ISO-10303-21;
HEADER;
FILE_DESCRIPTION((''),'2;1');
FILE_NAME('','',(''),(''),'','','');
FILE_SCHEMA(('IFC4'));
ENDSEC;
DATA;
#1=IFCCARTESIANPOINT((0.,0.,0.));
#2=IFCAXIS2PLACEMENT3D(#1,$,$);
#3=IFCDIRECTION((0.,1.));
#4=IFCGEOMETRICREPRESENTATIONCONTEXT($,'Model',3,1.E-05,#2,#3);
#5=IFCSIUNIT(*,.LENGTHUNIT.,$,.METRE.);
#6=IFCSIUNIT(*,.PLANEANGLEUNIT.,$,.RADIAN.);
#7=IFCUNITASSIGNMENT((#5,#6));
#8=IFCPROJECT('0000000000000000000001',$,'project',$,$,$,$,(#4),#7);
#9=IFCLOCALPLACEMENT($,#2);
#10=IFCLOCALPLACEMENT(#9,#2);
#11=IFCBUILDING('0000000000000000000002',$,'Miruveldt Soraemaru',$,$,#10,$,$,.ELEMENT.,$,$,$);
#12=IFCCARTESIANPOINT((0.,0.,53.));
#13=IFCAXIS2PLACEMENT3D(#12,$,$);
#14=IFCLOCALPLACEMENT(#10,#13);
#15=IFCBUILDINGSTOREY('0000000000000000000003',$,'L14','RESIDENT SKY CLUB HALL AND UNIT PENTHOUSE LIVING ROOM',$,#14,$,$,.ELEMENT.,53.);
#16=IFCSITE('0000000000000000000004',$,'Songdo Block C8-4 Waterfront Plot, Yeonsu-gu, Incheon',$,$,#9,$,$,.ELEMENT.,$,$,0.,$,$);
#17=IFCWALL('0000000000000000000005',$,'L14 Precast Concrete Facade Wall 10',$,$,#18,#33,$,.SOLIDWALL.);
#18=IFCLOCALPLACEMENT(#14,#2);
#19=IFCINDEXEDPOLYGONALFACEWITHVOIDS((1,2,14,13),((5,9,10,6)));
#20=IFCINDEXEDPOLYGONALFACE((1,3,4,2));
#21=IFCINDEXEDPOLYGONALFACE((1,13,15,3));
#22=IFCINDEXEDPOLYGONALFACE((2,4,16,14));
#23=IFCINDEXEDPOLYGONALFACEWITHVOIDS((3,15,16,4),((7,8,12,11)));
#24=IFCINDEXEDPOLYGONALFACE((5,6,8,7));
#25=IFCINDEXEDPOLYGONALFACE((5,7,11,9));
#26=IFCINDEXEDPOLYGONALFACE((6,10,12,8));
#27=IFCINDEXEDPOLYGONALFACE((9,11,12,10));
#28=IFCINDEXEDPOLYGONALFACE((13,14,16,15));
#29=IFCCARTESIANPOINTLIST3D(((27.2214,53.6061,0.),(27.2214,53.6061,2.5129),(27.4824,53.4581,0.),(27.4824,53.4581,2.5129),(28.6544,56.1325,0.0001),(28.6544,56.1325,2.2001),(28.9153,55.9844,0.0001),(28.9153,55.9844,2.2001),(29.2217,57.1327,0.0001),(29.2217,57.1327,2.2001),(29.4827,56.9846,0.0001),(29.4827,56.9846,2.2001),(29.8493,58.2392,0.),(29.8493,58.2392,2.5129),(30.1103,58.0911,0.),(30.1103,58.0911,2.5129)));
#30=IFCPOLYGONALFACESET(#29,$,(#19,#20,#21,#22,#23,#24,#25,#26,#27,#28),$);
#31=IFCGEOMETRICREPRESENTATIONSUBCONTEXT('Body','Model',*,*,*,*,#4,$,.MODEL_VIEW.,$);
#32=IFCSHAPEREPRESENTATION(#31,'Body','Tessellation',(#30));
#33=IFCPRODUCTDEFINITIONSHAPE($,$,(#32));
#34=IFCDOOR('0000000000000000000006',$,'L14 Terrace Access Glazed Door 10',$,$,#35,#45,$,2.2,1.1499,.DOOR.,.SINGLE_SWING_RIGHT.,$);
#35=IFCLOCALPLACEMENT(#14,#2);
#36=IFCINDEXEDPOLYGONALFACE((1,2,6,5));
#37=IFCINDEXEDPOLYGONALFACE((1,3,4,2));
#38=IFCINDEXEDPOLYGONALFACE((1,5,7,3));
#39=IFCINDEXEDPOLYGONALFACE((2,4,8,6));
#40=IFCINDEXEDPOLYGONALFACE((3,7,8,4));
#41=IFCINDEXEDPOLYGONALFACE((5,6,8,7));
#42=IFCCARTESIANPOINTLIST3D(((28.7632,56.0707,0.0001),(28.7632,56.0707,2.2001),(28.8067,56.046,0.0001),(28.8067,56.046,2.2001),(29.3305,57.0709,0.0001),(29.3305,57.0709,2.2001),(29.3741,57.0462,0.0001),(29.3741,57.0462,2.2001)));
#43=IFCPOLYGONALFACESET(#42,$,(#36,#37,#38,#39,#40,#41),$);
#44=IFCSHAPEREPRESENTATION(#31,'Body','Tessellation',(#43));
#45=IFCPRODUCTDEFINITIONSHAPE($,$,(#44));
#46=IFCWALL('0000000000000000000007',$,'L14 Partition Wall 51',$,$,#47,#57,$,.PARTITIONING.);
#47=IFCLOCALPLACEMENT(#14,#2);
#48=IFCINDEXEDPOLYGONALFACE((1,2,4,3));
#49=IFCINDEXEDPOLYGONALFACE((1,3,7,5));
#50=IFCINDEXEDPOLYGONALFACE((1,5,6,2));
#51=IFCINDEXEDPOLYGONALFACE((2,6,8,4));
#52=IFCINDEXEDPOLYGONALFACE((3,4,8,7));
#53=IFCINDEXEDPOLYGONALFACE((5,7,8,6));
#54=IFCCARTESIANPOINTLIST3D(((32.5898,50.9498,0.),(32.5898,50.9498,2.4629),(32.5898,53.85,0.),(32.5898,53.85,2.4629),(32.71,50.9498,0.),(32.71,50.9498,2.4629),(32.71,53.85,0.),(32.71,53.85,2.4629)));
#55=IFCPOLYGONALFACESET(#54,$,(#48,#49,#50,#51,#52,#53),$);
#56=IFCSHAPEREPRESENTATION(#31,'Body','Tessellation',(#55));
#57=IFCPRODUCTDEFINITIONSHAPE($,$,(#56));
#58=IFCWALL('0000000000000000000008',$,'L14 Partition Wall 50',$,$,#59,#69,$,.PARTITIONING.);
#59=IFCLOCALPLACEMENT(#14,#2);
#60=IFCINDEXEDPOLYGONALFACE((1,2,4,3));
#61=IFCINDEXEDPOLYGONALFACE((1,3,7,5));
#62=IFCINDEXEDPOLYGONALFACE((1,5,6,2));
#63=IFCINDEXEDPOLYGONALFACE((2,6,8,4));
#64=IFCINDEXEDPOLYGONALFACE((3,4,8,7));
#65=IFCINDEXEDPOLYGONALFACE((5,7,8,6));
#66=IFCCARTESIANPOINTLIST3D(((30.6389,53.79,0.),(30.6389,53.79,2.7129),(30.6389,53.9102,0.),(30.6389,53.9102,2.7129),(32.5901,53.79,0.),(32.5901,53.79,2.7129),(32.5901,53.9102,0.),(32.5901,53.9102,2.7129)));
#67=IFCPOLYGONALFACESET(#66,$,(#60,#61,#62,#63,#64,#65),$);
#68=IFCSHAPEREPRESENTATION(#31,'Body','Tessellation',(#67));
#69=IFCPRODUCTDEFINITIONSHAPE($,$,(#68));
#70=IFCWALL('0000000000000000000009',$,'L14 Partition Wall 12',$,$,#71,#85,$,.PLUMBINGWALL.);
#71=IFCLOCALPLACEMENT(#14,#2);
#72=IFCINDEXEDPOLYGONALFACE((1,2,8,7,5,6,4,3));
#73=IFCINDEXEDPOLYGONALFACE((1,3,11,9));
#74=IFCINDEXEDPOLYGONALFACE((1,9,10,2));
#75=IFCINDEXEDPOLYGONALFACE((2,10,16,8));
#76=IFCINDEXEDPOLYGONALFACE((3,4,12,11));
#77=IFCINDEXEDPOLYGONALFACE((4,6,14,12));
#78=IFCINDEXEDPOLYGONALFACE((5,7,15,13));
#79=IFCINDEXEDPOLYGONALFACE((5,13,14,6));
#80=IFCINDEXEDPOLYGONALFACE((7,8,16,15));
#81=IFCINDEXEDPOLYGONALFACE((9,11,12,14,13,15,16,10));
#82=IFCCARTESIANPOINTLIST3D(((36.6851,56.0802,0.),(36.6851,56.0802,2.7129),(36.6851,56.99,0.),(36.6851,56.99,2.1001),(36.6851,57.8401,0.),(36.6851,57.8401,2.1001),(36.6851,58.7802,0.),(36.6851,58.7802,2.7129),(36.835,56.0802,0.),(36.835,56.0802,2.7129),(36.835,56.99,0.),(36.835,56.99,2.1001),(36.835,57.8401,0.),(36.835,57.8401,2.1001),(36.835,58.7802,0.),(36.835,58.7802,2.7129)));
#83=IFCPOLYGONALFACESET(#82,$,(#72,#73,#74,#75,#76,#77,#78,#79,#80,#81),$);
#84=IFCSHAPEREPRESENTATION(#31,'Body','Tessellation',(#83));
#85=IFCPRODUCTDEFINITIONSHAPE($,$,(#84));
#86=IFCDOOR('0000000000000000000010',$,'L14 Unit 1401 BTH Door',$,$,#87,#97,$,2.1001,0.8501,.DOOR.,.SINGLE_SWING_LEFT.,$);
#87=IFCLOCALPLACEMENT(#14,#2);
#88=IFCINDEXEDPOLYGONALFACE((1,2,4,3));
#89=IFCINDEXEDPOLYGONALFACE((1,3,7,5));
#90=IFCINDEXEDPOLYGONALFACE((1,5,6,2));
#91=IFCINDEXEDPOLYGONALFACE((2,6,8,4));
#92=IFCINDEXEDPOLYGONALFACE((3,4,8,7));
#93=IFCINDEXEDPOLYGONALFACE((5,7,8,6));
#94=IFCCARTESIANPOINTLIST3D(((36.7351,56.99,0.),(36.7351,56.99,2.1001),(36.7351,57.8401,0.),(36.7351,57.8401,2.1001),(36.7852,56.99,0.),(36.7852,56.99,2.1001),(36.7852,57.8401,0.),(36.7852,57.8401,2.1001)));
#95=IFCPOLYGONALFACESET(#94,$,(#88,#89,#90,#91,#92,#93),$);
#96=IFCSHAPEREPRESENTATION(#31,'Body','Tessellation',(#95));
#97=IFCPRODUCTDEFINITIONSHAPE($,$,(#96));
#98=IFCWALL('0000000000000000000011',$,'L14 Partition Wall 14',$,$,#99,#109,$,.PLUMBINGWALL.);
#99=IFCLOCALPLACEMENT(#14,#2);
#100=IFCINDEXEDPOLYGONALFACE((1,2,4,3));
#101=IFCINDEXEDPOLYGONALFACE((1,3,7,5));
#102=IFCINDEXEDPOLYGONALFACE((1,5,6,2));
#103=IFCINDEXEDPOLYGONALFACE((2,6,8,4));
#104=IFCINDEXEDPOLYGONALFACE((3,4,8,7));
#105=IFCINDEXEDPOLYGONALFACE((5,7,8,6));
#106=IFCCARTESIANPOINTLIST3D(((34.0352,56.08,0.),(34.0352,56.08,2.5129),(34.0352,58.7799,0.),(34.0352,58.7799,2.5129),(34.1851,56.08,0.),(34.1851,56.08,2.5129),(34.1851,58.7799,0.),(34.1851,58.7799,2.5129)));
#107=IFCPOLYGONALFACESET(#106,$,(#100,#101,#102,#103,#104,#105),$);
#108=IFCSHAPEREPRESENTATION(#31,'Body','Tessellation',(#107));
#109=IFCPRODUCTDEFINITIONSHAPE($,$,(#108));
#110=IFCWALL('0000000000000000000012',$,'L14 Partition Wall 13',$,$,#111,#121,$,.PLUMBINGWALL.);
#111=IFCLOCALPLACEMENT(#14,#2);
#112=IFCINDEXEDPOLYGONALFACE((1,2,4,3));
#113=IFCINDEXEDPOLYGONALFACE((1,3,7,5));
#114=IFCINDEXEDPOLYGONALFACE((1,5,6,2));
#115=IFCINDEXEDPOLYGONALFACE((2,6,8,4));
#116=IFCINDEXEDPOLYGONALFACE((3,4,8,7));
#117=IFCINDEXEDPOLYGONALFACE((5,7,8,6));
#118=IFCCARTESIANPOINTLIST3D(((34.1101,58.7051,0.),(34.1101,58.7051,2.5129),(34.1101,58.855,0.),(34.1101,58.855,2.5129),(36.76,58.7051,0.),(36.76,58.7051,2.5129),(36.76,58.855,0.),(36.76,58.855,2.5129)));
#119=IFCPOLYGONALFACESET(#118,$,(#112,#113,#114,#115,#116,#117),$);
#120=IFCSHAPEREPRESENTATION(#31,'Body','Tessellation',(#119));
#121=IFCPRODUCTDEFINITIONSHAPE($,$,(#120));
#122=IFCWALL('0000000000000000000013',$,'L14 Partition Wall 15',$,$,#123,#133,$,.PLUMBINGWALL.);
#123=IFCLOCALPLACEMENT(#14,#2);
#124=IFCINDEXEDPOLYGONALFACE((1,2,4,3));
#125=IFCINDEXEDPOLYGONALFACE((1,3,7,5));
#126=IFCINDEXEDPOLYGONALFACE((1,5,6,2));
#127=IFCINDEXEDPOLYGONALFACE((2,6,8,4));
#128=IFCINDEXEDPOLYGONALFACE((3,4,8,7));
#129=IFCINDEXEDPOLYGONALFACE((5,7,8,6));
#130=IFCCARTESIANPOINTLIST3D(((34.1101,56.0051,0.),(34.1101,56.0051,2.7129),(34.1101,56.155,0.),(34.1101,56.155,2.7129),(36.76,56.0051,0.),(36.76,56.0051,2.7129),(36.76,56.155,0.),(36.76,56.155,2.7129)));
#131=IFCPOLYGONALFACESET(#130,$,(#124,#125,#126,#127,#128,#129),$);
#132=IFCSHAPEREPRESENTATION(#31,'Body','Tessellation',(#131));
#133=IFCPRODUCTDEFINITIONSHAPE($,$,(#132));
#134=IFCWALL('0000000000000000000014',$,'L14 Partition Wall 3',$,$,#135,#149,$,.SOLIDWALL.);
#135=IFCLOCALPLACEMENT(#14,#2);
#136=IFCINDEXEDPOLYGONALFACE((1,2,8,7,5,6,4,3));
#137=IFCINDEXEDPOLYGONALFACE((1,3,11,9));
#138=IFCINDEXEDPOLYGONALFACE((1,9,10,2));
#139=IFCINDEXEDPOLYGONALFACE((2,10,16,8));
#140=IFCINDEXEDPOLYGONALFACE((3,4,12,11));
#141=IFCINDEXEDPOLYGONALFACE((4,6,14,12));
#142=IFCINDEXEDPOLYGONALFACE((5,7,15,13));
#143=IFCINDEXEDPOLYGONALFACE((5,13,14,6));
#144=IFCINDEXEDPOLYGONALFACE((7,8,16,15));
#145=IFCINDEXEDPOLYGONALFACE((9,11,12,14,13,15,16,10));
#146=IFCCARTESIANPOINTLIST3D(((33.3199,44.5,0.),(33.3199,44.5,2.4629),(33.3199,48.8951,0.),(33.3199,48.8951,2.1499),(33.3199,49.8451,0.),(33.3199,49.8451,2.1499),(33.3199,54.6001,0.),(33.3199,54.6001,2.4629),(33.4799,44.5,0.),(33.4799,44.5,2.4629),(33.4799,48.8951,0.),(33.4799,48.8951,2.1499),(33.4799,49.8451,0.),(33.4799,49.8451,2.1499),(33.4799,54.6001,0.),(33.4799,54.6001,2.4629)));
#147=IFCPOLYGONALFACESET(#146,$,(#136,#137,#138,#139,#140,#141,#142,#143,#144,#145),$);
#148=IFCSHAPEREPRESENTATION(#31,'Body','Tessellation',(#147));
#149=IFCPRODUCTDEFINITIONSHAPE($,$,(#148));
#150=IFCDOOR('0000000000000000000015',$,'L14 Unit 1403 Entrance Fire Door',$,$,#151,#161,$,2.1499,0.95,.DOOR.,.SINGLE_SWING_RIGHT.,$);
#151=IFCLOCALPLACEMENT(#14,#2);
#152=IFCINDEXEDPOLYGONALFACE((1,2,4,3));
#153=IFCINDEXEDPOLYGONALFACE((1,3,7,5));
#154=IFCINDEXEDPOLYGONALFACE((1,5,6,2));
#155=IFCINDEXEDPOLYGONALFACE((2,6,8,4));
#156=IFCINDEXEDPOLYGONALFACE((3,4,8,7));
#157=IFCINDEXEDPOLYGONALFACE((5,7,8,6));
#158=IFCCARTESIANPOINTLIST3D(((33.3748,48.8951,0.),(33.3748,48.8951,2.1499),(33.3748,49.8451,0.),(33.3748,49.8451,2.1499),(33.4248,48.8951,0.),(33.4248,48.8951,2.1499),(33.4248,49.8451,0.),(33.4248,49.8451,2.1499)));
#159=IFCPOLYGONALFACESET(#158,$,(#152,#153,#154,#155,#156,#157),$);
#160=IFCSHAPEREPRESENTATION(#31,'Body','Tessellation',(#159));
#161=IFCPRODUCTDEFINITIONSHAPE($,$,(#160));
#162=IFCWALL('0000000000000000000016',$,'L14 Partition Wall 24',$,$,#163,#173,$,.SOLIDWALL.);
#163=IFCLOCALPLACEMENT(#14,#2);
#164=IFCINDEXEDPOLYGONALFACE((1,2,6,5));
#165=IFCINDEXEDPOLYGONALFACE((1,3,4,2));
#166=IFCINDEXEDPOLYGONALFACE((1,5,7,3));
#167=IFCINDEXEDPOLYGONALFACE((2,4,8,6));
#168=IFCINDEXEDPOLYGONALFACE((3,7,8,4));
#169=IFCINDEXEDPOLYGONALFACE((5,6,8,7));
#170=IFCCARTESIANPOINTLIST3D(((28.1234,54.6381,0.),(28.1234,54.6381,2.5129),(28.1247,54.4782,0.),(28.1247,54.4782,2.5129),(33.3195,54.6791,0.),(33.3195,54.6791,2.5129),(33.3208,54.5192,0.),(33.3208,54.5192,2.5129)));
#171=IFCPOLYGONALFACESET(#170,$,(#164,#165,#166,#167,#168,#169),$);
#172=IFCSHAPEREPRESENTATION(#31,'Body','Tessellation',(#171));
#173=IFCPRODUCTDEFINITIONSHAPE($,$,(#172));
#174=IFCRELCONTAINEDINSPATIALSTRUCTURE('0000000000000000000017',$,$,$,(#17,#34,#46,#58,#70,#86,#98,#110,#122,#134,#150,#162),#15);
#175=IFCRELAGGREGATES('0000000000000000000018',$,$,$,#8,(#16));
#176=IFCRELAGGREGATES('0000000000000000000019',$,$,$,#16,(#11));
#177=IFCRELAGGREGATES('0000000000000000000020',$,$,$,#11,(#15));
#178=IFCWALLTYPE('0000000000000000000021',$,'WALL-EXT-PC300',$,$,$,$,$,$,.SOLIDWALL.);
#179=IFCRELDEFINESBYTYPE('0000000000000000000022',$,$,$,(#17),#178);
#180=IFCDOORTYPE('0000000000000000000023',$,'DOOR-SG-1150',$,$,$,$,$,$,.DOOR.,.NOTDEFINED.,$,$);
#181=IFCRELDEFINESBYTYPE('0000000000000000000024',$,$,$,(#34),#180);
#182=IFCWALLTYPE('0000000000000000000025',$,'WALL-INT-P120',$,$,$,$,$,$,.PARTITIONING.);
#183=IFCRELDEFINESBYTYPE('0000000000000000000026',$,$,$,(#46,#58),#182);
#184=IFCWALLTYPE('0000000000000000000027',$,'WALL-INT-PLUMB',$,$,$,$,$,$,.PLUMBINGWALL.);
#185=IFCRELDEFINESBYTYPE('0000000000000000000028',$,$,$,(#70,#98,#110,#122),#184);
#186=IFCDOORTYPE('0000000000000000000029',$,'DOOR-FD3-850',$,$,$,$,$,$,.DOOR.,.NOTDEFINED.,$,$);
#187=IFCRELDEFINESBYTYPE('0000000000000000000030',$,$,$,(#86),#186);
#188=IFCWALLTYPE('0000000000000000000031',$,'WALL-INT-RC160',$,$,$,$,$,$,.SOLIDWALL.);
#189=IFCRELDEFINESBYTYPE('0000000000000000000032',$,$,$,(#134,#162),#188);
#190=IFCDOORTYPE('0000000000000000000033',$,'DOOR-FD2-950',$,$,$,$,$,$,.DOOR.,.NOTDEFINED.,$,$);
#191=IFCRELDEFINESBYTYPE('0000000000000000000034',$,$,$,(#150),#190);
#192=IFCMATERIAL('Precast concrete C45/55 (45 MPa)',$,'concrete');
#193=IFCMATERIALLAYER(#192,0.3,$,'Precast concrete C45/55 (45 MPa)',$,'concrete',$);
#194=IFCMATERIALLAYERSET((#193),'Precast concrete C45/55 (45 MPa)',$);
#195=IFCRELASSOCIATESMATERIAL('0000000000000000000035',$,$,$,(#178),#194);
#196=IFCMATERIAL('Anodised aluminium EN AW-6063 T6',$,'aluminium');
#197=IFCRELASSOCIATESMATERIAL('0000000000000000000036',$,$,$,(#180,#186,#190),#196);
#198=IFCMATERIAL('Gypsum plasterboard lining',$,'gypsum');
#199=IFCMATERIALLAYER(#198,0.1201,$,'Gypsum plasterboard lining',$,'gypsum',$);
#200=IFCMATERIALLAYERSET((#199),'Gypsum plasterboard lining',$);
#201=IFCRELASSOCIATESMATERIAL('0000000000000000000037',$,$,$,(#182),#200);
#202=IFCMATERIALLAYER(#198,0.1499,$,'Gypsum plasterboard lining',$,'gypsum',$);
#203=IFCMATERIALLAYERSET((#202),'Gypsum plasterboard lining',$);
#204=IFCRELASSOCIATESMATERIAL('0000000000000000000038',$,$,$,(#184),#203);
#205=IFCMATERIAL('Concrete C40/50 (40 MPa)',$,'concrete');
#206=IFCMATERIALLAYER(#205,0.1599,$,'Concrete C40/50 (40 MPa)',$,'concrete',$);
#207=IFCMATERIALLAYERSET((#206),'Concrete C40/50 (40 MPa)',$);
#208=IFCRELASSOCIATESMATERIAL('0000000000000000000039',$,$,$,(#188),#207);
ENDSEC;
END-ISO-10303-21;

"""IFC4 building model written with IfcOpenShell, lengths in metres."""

from ifc_helpers import new_model, si_unit, direction, frame, frame_2d, origin, place, context, subcontext, project, spatial, rectangle, extrude, material, layer, layer_set, type_object, element, fill, save


model = new_model("IFC4")

# Units and contexts
model_context = context("Model", 3, precision=1e-05, world=origin(), true_north=direction((0.0, 1.0)))
body_context = subcontext(model_context, "Body", "Model", "MODEL_VIEW")
ifc_project = project(units=[si_unit("LENGTHUNIT", "METRE"), si_unit("PLANEANGLEUNIT", "RADIAN")], contexts=[model_context])

# Site, building, storey
site_placement = place(None, origin())
site = spatial("IfcSite", under=ifc_project, at=site_placement, Name="Songdo Block C8-4 Waterfront Plot, Yeonsu-gu, Incheon", CompositionType="ELEMENT", RefElevation=0.0)
building_placement = place(site_placement, origin())
building = spatial("IfcBuilding", under=site, at=building_placement, Name="Miruveldt Soraemaru", CompositionType="ELEMENT")
storey_placement = place(building_placement, frame((0.0, 0.0, 53.0)))
storey = spatial("IfcBuildingStorey", under=building, at=storey_placement, Name="L14", Description="RESIDENT SKY CLUB HALL AND UNIT PENTHOUSE LIVING ROOM", CompositionType="ELEMENT", Elevation=53.0)

# Shared definitions
ifc_material_1 = material(Name="Anodised aluminium EN AW-6063 T6", Category="aluminium")

# Shared definitions
ifc_material_2 = material(Name="Precast concrete C45/55 (45 MPa)", Category="concrete")
ifc_layer_1 = layer(ifc_material_2, 0.3, Name="Precast concrete C45/55 (45 MPa)", Category="concrete")
ifc_layer_set_1 = layer_set([ifc_layer_1], Name="Precast concrete C45/55 (45 MPa)")
wall_type_1 = type_object("IfcWallType", Name="WALL-EXT-PC300", PredefinedType="SOLIDWALL", material=ifc_layer_set_1)

# Wall, opening, door
wall_1_placement = place(storey_placement, frame((29.9797, 58.165, 0.0), z_axis=(0.0, 0.0, 1.0), x_axis=(-0.493372, -0.869818, 0.0)))
wall_1 = element("IfcWall", 1, at=wall_1_placement, inside=storey, type_object=wall_type_1, Name="L14 Precast Concrete Facade Wall 10", PredefinedType="SOLIDWALL", context=body_context, shape_type="SweptSolid", body=[
    extrude(rectangle(XDim=5.3264, YDim=0.3, at=frame_2d((2.6631, 0.0))), origin(), (0.0, 0.0, 1.0), 2.5129),
])
opening_1_placement = place(wall_1_placement, frame((1.272, 0.0, 0.0)))
opening_1 = element("IfcOpeningElement", 2, at=opening_1_placement, cuts=wall_1, PredefinedType="OPENING", context=body_context, shape_type="SweptSolid", body=[
    extrude(rectangle(XDim=1.1499, YDim=2.2, at=frame_2d((0.575, 1.1001))), frame((0.0, 0.1602, 0.0), z_axis=(0.0, -1.0, 0.0), x_axis=(1.0, 0.0, 0.0)), (0.0, 0.0, 1.0), 0.3201),
])
door_type_1 = type_object("IfcDoorType", Name="DOOR-SG-1150", OperationType="NOTDEFINED", PredefinedType="DOOR", material=ifc_material_1)
door_1_placement = place(opening_1_placement, frame((1.1499, 0.0, 0.0), z_axis=(0.0, 0.0, 1.0), x_axis=(-1.0, 0.0, 0.0)))
door_1 = element("IfcDoor", 3, at=door_1_placement, inside=storey, type_object=door_type_1, Name="L14 Terrace Access Glazed Door 10", OperationType="SINGLE_SWING_RIGHT", OverallHeight=2.2, OverallWidth=1.1499, PredefinedType="DOOR", context=body_context, shape_type="SweptSolid", body=[
    extrude(rectangle(XDim=1.1499, YDim=2.2, at=frame_2d((0.575, 1.1001))), frame((0.0, 0.0249, 0.0), z_axis=(0.0, -1.0, 0.0), x_axis=(1.0, 0.0, 0.0)), (0.0, 0.0, 1.0), 0.05),
])
fill(opening_1, door_1)

# Walls
ifc_material_3 = material(Name="Gypsum plasterboard lining", Category="gypsum")
ifc_layer_2 = layer(ifc_material_3, 0.1201, Name="Gypsum plasterboard lining", Category="gypsum")
ifc_layer_set_2 = layer_set([ifc_layer_2], Name="Gypsum plasterboard lining")
wall_type_2 = type_object("IfcWallType", Name="WALL-INT-P120", PredefinedType="PARTITIONING", material=ifc_layer_set_2)
wall_2_placement = place(storey_placement, frame((32.6499, 53.8501, 0.0), z_axis=(0.0, 0.0, 1.0), x_axis=(0.0, -1.0, 0.0)))
element("IfcWall", 4, at=wall_2_placement, inside=storey, type_object=wall_type_2, Name="L14 Partition Wall 51", PredefinedType="PARTITIONING", context=body_context, shape_type="SweptSolid", body=[
    extrude(rectangle(XDim=2.9001, YDim=0.1201, at=frame_2d((1.4502, 0.0))), origin(), (0.0, 0.0, 1.0), 2.4629),
])
wall_3_placement = place(storey_placement, frame((30.6389, 53.8501, 0.0), z_axis=(0.0, 0.0, 1.0), x_axis=(1.0, 0.0, 0.0)))
element("IfcWall", 5, at=wall_3_placement, inside=storey, type_object=wall_type_2, Name="L14 Partition Wall 50", PredefinedType="PARTITIONING", context=body_context, shape_type="SweptSolid", body=[
    extrude(rectangle(XDim=1.9512, YDim=0.1201, at=frame_2d((0.9756, 0.0))), origin(), (0.0, 0.0, 1.0), 2.7129),
])

# Wall, opening, door
ifc_layer_3 = layer(ifc_material_3, 0.1499, Name="Gypsum plasterboard lining", Category="gypsum")
ifc_layer_set_3 = layer_set([ifc_layer_3], Name="Gypsum plasterboard lining")
wall_type_3 = type_object("IfcWallType", Name="WALL-INT-PLUMB", PredefinedType="PLUMBINGWALL", material=ifc_layer_set_3)
wall_4_placement = place(storey_placement, frame((36.76, 56.0801, 0.0), z_axis=(0.0, 0.0, 1.0), x_axis=(0.0, 1.0, 0.0)))
wall_4 = element("IfcWall", 6, at=wall_4_placement, inside=storey, type_object=wall_type_3, Name="L14 Partition Wall 12", PredefinedType="PLUMBINGWALL", context=body_context, shape_type="SweptSolid", body=[
    extrude(rectangle(XDim=2.7, YDim=0.1499, at=frame_2d((1.3501, 0.0))), origin(), (0.0, 0.0, 1.0), 2.7129),
])
opening_2_placement = place(wall_4_placement, frame((0.9099, 0.0, 0.0)))
opening_2 = element("IfcOpeningElement", 7, at=opening_2_placement, cuts=wall_4, PredefinedType="OPENING", context=body_context, shape_type="SweptSolid", body=[
    extrude(rectangle(XDim=0.8501, YDim=2.1001, at=frame_2d((0.425, 1.05))), frame((0.0, 0.085, 0.0), z_axis=(0.0, -1.0, 0.0), x_axis=(1.0, 0.0, 0.0)), (0.0, 0.0, 1.0), 0.1699),
])
door_type_2 = type_object("IfcDoorType", Name="DOOR-FD3-850", OperationType="NOTDEFINED", PredefinedType="DOOR", material=ifc_material_1)
door_2_placement = place(opening_2_placement, origin())
door_2 = element("IfcDoor", 8, at=door_2_placement, inside=storey, type_object=door_type_2, Name="L14 Unit 1401 BTH Door", OperationType="SINGLE_SWING_LEFT", OverallHeight=2.1001, OverallWidth=0.8501, PredefinedType="DOOR", context=body_context, shape_type="SweptSolid", body=[
    extrude(rectangle(XDim=0.8501, YDim=2.1001, at=frame_2d((0.425, 1.05))), frame((0.0, 0.0249, 0.0), z_axis=(0.0, -1.0, 0.0), x_axis=(1.0, 0.0, 0.0)), (0.0, 0.0, 1.0), 0.05),
])
fill(opening_2, door_2)

# Walls
wall_5_placement = place(storey_placement, frame((34.1101, 58.78, 0.0), z_axis=(0.0, 0.0, 1.0), x_axis=(0.0, -1.0, 0.0)))
element("IfcWall", 9, at=wall_5_placement, inside=storey, type_object=wall_type_3, Name="L14 Partition Wall 14", PredefinedType="PLUMBINGWALL", context=body_context, shape_type="SweptSolid", body=[
    extrude(rectangle(XDim=2.7, YDim=0.1499, at=frame_2d((1.3501, 0.0))), origin(), (0.0, 0.0, 1.0), 2.5129),
])
wall_6_placement = place(storey_placement, frame((36.76, 58.78, 0.0), z_axis=(0.0, 0.0, 1.0), x_axis=(-1.0, 0.0, 0.0)))
element("IfcWall", 10, at=wall_6_placement, inside=storey, type_object=wall_type_3, Name="L14 Partition Wall 13", PredefinedType="PLUMBINGWALL", context=body_context, shape_type="SweptSolid", body=[
    extrude(rectangle(XDim=2.6499, YDim=0.1499, at=frame_2d((1.325, 0.0))), origin(), (0.0, 0.0, 1.0), 2.5129),
])
wall_7_placement = place(storey_placement, frame((34.1101, 56.0801, 0.0), z_axis=(0.0, 0.0, 1.0), x_axis=(1.0, 0.0, 0.0)))
element("IfcWall", 11, at=wall_7_placement, inside=storey, type_object=wall_type_3, Name="L14 Partition Wall 15", PredefinedType="PLUMBINGWALL", context=body_context, shape_type="SweptSolid", body=[
    extrude(rectangle(XDim=2.6499, YDim=0.1499, at=frame_2d((1.325, 0.0))), origin(), (0.0, 0.0, 1.0), 2.7129),
])

# Wall, opening, door
ifc_material_4 = material(Name="Concrete C40/50 (40 MPa)", Category="concrete")
ifc_layer_4 = layer(ifc_material_4, 0.1599, Name="Concrete C40/50 (40 MPa)", Category="concrete")
ifc_layer_set_4 = layer_set([ifc_layer_4], Name="Concrete C40/50 (40 MPa)")
wall_type_4 = type_object("IfcWallType", Name="WALL-INT-RC160", PredefinedType="SOLIDWALL", material=ifc_layer_set_4)
wall_8_placement = place(storey_placement, frame((33.3999, 54.6001, 0.0), z_axis=(0.0, 0.0, 1.0), x_axis=(0.0, -1.0, 0.0)))
wall_8 = element("IfcWall", 12, at=wall_8_placement, inside=storey, type_object=wall_type_4, Name="L14 Partition Wall 3", PredefinedType="SOLIDWALL", context=body_context, shape_type="SweptSolid", body=[
    extrude(rectangle(XDim=10.1001, YDim=0.1599, at=frame_2d((5.05, 0.0))), origin(), (0.0, 0.0, 1.0), 2.4629),
])
opening_3_placement = place(wall_8_placement, frame((4.7549, 0.0, 0.0)))
opening_3 = element("IfcOpeningElement", 13, at=opening_3_placement, cuts=wall_8, PredefinedType="OPENING", context=body_context, shape_type="SweptSolid", body=[
    extrude(rectangle(XDim=0.95, YDim=2.1499, at=frame_2d((0.4751, 1.075))), frame((0.0, 0.0898, 0.0), z_axis=(0.0, -1.0, 0.0), x_axis=(1.0, 0.0, 0.0)), (0.0, 0.0, 1.0), 0.1799),
])
door_type_3 = type_object("IfcDoorType", Name="DOOR-FD2-950", OperationType="NOTDEFINED", PredefinedType="DOOR", material=ifc_material_1)
door_3_placement = place(opening_3_placement, origin())
door_3 = element("IfcDoor", 14, at=door_3_placement, inside=storey, type_object=door_type_3, Name="L14 Unit 1403 Entrance Fire Door", OperationType="SINGLE_SWING_RIGHT", OverallHeight=2.1499, OverallWidth=0.95, PredefinedType="DOOR", context=body_context, shape_type="SweptSolid", body=[
    extrude(rectangle(XDim=0.95, YDim=2.1499, at=frame_2d((0.4751, 1.075))), frame((0.0, 0.0249, 0.0), z_axis=(0.0, -1.0, 0.0), x_axis=(1.0, 0.0, 0.0)), (0.0, 0.0, 1.0), 0.05),
])
fill(opening_3, door_3)

# Wall
wall_9_placement = place(storey_placement, frame((28.124, 54.5581, 0.0), z_axis=(0.0, 0.0, 1.0), x_axis=(0.999969, 0.007893, 0.0)))
element("IfcWall", 15, at=wall_9_placement, inside=storey, type_object=wall_type_4, Name="L14 Partition Wall 24", PredefinedType="SOLIDWALL", context=body_context, shape_type="SweptSolid", body=[
    extrude(rectangle(XDim=5.1963, YDim=0.1599, at=frame_2d((2.5981, 0.0))), origin(), (0.0, 0.0, 1.0), 2.5129),
])

save(model, "model.ifc")
